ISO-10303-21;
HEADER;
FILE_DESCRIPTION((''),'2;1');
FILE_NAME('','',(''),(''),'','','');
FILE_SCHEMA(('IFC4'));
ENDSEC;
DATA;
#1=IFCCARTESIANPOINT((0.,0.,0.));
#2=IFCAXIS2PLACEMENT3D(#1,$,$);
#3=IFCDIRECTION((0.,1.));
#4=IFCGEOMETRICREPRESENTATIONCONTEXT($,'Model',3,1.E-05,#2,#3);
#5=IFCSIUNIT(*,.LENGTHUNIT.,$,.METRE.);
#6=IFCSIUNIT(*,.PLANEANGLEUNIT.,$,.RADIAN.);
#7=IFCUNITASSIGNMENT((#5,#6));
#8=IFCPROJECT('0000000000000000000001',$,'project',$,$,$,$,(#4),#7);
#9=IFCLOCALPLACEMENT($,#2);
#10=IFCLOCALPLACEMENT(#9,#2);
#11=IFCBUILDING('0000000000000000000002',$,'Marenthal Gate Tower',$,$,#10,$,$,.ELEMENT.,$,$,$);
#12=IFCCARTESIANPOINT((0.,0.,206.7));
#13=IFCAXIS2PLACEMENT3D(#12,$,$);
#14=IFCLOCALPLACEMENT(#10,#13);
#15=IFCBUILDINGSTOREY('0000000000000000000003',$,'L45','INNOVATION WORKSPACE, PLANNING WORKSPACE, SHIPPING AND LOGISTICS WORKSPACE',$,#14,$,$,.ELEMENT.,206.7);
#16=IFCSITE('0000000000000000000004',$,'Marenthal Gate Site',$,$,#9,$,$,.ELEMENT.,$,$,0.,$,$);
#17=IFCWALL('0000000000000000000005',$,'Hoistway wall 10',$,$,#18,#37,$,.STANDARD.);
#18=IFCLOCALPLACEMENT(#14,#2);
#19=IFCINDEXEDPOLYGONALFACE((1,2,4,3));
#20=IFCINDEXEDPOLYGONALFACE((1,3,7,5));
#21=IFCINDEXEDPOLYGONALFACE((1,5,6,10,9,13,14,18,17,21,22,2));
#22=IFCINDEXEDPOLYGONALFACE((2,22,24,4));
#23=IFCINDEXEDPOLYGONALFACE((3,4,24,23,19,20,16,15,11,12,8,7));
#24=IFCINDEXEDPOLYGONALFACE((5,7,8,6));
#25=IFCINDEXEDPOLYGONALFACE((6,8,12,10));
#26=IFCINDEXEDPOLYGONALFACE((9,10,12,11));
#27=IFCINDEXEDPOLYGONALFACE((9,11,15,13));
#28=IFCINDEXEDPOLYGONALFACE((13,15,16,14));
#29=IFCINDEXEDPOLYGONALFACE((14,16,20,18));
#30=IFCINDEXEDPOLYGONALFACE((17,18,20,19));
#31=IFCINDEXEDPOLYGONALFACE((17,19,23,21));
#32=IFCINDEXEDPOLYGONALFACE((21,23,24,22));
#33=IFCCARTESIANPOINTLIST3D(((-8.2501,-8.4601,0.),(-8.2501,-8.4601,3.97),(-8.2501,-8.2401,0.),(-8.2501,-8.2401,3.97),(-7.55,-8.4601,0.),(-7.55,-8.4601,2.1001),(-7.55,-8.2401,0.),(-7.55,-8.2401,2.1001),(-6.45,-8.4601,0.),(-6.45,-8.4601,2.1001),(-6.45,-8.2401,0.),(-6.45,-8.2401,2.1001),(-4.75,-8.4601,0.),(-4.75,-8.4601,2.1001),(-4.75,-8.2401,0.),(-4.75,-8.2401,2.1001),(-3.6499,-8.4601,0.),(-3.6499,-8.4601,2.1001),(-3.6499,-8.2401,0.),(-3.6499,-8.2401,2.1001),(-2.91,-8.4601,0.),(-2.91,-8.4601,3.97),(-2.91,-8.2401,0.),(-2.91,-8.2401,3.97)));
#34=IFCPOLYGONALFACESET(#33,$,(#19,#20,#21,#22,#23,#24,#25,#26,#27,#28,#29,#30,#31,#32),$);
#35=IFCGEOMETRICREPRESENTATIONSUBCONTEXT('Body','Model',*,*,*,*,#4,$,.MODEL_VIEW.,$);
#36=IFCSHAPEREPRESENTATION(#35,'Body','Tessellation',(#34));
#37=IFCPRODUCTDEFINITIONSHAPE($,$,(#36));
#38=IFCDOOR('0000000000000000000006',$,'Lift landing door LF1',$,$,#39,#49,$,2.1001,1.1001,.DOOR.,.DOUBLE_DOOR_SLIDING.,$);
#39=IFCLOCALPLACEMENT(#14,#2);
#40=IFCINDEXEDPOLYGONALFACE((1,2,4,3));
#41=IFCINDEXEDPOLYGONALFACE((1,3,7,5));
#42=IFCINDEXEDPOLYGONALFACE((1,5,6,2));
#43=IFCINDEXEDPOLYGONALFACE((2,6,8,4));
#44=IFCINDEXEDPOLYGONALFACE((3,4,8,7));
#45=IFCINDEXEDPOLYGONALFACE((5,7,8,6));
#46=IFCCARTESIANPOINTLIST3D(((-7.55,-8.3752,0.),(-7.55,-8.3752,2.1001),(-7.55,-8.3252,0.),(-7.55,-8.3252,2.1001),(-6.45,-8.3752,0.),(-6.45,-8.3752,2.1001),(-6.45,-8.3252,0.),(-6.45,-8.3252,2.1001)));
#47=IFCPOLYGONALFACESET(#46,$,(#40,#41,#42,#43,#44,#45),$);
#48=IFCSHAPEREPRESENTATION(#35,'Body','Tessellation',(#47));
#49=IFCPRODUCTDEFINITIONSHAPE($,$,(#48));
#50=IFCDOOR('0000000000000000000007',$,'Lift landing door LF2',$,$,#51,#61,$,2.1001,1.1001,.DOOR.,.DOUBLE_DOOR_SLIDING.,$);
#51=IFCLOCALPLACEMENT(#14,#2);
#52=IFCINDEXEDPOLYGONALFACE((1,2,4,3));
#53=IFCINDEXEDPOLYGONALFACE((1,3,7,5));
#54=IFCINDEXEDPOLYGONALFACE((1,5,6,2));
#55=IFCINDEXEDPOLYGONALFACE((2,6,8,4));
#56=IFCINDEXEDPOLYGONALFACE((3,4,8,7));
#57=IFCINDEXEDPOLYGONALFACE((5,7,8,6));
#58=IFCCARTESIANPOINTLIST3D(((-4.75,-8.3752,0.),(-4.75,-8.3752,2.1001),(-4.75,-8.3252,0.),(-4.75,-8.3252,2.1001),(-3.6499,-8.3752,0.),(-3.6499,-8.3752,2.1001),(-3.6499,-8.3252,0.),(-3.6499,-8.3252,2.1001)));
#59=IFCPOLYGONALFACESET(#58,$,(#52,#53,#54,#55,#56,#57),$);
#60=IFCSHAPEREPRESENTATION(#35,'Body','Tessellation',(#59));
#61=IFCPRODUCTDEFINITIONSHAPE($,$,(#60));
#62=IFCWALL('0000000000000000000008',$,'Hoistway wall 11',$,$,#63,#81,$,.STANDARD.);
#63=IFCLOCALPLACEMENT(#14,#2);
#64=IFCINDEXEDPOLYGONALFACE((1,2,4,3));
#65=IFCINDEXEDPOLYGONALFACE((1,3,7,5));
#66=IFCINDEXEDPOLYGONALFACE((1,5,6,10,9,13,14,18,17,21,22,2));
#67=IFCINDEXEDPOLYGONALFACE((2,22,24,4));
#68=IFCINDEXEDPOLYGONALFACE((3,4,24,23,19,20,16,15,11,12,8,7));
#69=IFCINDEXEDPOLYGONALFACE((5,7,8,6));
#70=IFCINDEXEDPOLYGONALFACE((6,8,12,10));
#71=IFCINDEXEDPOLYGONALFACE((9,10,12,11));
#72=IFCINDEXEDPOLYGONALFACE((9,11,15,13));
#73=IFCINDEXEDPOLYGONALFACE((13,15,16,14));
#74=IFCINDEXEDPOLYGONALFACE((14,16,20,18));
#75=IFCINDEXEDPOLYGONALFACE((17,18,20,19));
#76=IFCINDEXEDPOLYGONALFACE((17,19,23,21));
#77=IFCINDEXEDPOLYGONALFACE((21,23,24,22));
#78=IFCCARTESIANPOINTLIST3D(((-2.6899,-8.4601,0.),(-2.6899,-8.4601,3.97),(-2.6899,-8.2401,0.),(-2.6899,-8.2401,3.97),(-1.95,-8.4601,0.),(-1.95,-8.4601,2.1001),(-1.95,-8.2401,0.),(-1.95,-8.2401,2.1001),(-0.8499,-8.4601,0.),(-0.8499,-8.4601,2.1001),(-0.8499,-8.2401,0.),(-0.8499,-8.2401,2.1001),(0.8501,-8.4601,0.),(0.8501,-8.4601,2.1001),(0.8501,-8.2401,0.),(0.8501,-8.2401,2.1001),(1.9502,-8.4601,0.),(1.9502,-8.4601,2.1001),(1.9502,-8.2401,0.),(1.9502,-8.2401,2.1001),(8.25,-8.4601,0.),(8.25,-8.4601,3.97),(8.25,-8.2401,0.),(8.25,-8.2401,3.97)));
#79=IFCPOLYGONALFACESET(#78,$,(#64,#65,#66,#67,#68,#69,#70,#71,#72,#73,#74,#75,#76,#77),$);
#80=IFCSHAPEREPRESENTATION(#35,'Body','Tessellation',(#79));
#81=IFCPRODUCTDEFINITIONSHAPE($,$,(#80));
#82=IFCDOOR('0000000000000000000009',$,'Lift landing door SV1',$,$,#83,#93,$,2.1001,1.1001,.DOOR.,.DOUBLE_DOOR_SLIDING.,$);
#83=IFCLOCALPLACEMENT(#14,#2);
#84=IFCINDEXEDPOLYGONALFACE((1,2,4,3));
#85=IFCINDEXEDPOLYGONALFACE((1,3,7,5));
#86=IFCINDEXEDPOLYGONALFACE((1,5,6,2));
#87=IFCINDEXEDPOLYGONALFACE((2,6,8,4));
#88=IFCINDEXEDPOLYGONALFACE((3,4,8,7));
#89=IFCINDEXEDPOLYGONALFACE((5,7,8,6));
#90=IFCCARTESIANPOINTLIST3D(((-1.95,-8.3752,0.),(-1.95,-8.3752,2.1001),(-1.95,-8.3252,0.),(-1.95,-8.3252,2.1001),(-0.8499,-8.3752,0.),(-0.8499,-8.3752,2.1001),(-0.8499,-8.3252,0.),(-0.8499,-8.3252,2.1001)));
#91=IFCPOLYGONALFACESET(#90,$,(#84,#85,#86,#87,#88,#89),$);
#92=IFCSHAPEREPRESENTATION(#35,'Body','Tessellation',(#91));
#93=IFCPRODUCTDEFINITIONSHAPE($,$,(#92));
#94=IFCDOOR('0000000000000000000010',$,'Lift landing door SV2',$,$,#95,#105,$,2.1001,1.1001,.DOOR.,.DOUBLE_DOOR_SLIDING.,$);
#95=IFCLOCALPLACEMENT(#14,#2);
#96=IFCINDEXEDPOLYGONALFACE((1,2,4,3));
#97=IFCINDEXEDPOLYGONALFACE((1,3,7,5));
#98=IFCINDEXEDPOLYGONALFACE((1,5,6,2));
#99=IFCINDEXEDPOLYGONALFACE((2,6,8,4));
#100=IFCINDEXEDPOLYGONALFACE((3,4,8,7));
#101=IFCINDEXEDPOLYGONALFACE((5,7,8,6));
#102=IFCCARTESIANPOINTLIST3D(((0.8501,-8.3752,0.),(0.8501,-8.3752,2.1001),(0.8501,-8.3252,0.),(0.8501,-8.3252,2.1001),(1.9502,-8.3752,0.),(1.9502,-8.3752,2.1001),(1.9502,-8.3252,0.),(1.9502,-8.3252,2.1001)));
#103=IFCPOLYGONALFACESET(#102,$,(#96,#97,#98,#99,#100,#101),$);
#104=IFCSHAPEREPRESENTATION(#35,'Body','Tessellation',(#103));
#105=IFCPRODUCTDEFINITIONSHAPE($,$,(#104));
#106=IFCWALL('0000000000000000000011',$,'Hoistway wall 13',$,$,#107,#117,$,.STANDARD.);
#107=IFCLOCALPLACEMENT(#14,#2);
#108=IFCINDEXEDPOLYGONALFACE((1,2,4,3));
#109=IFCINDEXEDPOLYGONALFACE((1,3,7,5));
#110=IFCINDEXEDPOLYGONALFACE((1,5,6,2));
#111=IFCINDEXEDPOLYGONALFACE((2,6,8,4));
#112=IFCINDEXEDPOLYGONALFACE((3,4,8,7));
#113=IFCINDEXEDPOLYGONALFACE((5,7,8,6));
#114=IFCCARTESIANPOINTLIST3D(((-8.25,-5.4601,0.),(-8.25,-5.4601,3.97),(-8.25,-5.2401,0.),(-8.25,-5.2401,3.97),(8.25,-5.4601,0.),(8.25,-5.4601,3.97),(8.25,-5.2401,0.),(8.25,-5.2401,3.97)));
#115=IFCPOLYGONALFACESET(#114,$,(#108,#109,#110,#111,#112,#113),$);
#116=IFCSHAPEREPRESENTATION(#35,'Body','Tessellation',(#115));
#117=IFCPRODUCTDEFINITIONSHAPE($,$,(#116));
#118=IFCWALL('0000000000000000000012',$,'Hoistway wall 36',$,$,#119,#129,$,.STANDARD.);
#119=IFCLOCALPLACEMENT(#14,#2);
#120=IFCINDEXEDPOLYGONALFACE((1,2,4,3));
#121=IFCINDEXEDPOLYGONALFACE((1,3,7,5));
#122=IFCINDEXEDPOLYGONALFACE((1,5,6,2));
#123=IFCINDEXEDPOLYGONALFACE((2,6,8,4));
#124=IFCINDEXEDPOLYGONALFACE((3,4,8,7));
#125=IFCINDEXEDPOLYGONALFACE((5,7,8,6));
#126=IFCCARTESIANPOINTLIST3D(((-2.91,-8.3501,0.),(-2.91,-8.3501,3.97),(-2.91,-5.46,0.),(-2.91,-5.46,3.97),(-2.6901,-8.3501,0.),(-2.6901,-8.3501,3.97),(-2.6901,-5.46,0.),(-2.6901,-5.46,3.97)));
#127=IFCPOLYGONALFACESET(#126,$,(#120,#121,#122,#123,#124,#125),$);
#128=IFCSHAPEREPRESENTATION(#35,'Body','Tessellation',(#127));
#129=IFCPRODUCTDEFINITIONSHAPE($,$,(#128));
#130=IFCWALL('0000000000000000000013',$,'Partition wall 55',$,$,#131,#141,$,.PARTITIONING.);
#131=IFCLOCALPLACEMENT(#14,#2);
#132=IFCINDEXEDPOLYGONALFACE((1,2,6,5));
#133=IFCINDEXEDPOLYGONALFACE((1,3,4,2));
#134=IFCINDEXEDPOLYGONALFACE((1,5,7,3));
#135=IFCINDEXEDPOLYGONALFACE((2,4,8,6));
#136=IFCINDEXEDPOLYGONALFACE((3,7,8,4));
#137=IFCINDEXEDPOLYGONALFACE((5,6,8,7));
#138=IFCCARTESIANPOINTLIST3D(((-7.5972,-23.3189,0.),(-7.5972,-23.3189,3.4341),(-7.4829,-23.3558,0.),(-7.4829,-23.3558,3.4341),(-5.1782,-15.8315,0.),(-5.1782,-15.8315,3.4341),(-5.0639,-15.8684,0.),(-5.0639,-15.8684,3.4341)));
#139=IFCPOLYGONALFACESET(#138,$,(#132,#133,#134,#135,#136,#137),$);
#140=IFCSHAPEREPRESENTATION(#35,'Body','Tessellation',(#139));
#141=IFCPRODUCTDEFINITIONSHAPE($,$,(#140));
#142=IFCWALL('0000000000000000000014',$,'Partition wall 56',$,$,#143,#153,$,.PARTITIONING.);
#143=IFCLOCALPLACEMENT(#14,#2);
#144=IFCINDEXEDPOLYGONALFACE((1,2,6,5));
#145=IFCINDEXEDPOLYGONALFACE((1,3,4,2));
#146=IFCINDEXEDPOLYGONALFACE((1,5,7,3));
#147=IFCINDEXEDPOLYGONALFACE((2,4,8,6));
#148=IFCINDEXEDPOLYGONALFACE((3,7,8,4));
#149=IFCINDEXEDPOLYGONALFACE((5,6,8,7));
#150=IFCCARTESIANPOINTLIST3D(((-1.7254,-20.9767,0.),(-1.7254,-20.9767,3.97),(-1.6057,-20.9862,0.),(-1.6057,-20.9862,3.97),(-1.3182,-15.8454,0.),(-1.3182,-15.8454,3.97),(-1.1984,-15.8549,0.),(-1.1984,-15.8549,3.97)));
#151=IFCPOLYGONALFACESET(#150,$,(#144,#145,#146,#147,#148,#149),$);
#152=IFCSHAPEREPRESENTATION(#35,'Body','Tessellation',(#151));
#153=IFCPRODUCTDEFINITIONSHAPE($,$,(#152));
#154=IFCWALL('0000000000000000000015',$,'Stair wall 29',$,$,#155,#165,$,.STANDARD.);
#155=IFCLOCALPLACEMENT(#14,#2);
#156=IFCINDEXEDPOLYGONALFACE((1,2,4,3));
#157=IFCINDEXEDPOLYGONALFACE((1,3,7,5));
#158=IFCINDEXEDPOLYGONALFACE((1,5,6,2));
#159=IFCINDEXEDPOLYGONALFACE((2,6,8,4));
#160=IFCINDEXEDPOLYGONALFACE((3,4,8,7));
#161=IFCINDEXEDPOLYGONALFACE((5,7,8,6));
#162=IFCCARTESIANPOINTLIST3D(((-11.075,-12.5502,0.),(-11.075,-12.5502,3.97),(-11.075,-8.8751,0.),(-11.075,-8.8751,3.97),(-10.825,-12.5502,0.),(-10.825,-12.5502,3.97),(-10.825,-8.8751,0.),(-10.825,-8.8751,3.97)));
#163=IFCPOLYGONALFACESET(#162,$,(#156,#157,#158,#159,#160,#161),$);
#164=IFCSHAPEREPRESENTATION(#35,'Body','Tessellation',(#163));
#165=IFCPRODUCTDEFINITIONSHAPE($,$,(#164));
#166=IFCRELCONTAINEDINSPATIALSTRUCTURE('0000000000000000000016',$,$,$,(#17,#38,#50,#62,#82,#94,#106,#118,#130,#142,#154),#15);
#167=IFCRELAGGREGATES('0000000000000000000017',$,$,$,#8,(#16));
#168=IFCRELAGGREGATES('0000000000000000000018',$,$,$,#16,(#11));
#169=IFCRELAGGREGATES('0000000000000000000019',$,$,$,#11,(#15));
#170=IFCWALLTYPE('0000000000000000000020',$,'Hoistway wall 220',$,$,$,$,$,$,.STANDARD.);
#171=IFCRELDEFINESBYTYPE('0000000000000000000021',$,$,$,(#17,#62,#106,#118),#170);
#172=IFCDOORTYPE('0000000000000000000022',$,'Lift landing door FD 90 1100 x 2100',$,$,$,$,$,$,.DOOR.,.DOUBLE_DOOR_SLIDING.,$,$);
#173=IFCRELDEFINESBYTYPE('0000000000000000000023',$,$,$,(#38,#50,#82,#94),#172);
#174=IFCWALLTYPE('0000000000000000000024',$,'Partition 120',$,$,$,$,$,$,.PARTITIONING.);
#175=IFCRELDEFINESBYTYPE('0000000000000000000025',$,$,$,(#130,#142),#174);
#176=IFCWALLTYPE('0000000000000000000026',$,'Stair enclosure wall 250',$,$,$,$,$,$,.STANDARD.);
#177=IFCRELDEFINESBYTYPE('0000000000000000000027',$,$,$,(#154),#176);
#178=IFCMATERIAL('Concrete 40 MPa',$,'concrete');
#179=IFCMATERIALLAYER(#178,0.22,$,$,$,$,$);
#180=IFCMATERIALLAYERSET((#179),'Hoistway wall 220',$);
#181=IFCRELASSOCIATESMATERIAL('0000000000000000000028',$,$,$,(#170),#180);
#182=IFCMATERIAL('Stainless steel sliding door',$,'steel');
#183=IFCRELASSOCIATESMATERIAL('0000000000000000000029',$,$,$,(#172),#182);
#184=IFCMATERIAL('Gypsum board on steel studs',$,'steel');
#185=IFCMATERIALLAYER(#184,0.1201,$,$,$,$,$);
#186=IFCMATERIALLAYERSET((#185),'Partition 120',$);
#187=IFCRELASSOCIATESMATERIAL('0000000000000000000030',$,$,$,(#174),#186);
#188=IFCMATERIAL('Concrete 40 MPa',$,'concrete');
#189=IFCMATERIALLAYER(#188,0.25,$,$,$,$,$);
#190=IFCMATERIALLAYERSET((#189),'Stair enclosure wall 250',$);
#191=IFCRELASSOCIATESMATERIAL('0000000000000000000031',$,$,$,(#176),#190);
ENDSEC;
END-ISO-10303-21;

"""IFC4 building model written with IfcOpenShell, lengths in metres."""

from ifc_helpers import new_model, si_unit, direction, frame, frame_2d, origin, place, context, subcontext, project, spatial, rectangle, extrude, material, layer, layer_set, type_object, element, fill, save


model = new_model("IFC4")

# Units and contexts
model_context = context("Model", 3, precision=1e-05, world=origin(), true_north=direction((0.0, 1.0)))
body_context = subcontext(model_context, "Body", "Model", "MODEL_VIEW")
ifc_project = project(units=[si_unit("LENGTHUNIT", "METRE"), si_unit("PLANEANGLEUNIT", "RADIAN")], contexts=[model_context])

# Site, building, storey
site_placement = place(None, origin())
site = spatial("IfcSite", under=ifc_project, at=site_placement, Name="Marenthal Gate Site", CompositionType="ELEMENT", RefElevation=0.0)
building_placement = place(site_placement, origin())
building = spatial("IfcBuilding", under=site, at=building_placement, Name="Marenthal Gate Tower", CompositionType="ELEMENT")
storey_placement = place(building_placement, frame((0.0, 0.0, 206.7)))
storey = spatial("IfcBuildingStorey", under=building, at=storey_placement, Name="L45", Description="INNOVATION WORKSPACE, PLANNING WORKSPACE, SHIPPING AND LOGISTICS WORKSPACE", CompositionType="ELEMENT", Elevation=206.7)

# Walls, openings, doors
ifc_material_1 = material(Name="Concrete 40 MPa", Category="concrete")
ifc_layer_1 = layer(ifc_material_1, 0.22)
ifc_layer_set_1 = layer_set([ifc_layer_1], Name="Hoistway wall 220")
wall_type_1 = type_object("IfcWallType", Name="Hoistway wall 220", PredefinedType="STANDARD", material=ifc_layer_set_1)
wall_1_placement = place(storey_placement, frame((-8.25, -8.3501, 0.0), z_axis=(0.0, 0.0, 1.0), x_axis=(1.0, 0.0, 0.0)))
wall_1 = element("IfcWall", 1, at=wall_1_placement, inside=storey, type_object=wall_type_1, Name="Hoistway wall 10", PredefinedType="STANDARD", context=body_context, shape_type="SweptSolid", body=[
    extrude(rectangle(XDim=5.3401, YDim=0.22, at=frame_2d((2.6699, 0.0))), origin(), (0.0, 0.0, 1.0), 3.97),
])
opening_1_placement = place(wall_1_placement, frame((0.7, 0.0, 0.0)))
opening_1 = element("IfcOpeningElement", 2, at=opening_1_placement, cuts=wall_1, PredefinedType="OPENING", context=body_context, shape_type="SweptSolid", body=[
    extrude(rectangle(XDim=1.1001, YDim=2.1001, at=frame_2d((0.55, 1.05))), frame((0.0, 0.1201, 0.0), z_axis=(0.0, -1.0, 0.0), x_axis=(1.0, 0.0, 0.0)), (0.0, 0.0, 1.0), 0.24),
])
opening_2_placement = place(wall_1_placement, frame((3.5, 0.0, 0.0)))
opening_2 = element("IfcOpeningElement", 3, at=opening_2_placement, cuts=wall_1, PredefinedType="OPENING", context=body_context, shape_type="SweptSolid", body=[
    extrude(rectangle(XDim=1.1001, YDim=2.1001, at=frame_2d((0.55, 1.05))), frame((0.0, 0.1201, 0.0), z_axis=(0.0, -1.0, 0.0), x_axis=(1.0, 0.0, 0.0)), (0.0, 0.0, 1.0), 0.24),
])
ifc_material_2 = material(Name="Stainless steel sliding door", Category="steel")
door_type_1 = type_object("IfcDoorType", Name="Lift landing door FD 90 1100 x 2100", OperationType="DOUBLE_DOOR_SLIDING", PredefinedType="DOOR", material=ifc_material_2)
door_1_placement = place(opening_1_placement, origin())
door_1 = element("IfcDoor", 4, at=door_1_placement, inside=storey, type_object=door_type_1, Name="Lift landing door LF1", OperationType="DOUBLE_DOOR_SLIDING", OverallHeight=2.1001, OverallWidth=1.1001, PredefinedType="DOOR", context=body_context, shape_type="SweptSolid", body=[
    extrude(rectangle(XDim=1.1001, YDim=2.1001, at=frame_2d((0.55, 1.05))), frame((0.0, 0.0249, 0.0), z_axis=(0.0, -1.0, 0.0), x_axis=(1.0, 0.0, 0.0)), (0.0, 0.0, 1.0), 0.05),
])
fill(opening_1, door_1)
door_2_placement = place(opening_2_placement, origin())
door_2 = element("IfcDoor", 5, at=door_2_placement, inside=storey, type_object=door_type_1, Name="Lift landing door LF2", OperationType="DOUBLE_DOOR_SLIDING", OverallHeight=2.1001, OverallWidth=1.1001, PredefinedType="DOOR", context=body_context, shape_type="SweptSolid", body=[
    extrude(rectangle(XDim=1.1001, YDim=2.1001, at=frame_2d((0.55, 1.05))), frame((0.0, 0.0249, 0.0), z_axis=(0.0, -1.0, 0.0), x_axis=(1.0, 0.0, 0.0)), (0.0, 0.0, 1.0), 0.05),
])
fill(opening_2, door_2)
wall_2_placement = place(storey_placement, frame((-2.6899, -8.3501, 0.0), z_axis=(0.0, 0.0, 1.0), x_axis=(1.0, 0.0, 0.0)))
wall_2 = element("IfcWall", 6, at=wall_2_placement, inside=storey, type_object=wall_type_1, Name="Hoistway wall 11", PredefinedType="STANDARD", context=body_context, shape_type="SweptSolid", body=[
    extrude(rectangle(XDim=10.9399, YDim=0.22, at=frame_2d((5.47, 0.0))), origin(), (0.0, 0.0, 1.0), 3.97),
])
opening_3_placement = place(wall_2_placement, frame((0.74, 0.0, 0.0)))
opening_3 = element("IfcOpeningElement", 7, at=opening_3_placement, cuts=wall_2, PredefinedType="OPENING", context=body_context, shape_type="SweptSolid", body=[
    extrude(rectangle(XDim=1.1001, YDim=2.1001, at=frame_2d((0.55, 1.05))), frame((0.0, 0.1201, 0.0), z_axis=(0.0, -1.0, 0.0), x_axis=(1.0, 0.0, 0.0)), (0.0, 0.0, 1.0), 0.24),
])
opening_4_placement = place(wall_2_placement, frame((3.54, 0.0, 0.0)))
opening_4 = element("IfcOpeningElement", 8, at=opening_4_placement, cuts=wall_2, PredefinedType="OPENING", context=body_context, shape_type="SweptSolid", body=[
    extrude(rectangle(XDim=1.1001, YDim=2.1001, at=frame_2d((0.55, 1.05))), frame((0.0, 0.1201, 0.0), z_axis=(0.0, -1.0, 0.0), x_axis=(1.0, 0.0, 0.0)), (0.0, 0.0, 1.0), 0.24),
])
door_3_placement = place(opening_3_placement, origin())
door_3 = element("IfcDoor", 9, at=door_3_placement, inside=storey, type_object=door_type_1, Name="Lift landing door SV1", OperationType="DOUBLE_DOOR_SLIDING", OverallHeight=2.1001, OverallWidth=1.1001, PredefinedType="DOOR", context=body_context, shape_type="SweptSolid", body=[
    extrude(rectangle(XDim=1.1001, YDim=2.1001, at=frame_2d((0.55, 1.05))), frame((0.0, 0.0249, 0.0), z_axis=(0.0, -1.0, 0.0), x_axis=(1.0, 0.0, 0.0)), (0.0, 0.0, 1.0), 0.05),
])
fill(opening_3, door_3)
door_4_placement = place(opening_4_placement, origin())
door_4 = element("IfcDoor", 10, at=door_4_placement, inside=storey, type_object=door_type_1, Name="Lift landing door SV2", OperationType="DOUBLE_DOOR_SLIDING", OverallHeight=2.1001, OverallWidth=1.1001, PredefinedType="DOOR", context=body_context, shape_type="SweptSolid", body=[
    extrude(rectangle(XDim=1.1001, YDim=2.1001, at=frame_2d((0.55, 1.05))), frame((0.0, 0.0249, 0.0), z_axis=(0.0, -1.0, 0.0), x_axis=(1.0, 0.0, 0.0)), (0.0, 0.0, 1.0), 0.05),
])
fill(opening_4, door_4)

# Walls
wall_3_placement = place(storey_placement, frame((-8.25, -5.3501, 0.0), z_axis=(0.0, 0.0, 1.0), x_axis=(1.0, 0.0, 0.0)))
element("IfcWall", 11, at=wall_3_placement, inside=storey, type_object=wall_type_1, Name="Hoistway wall 13", PredefinedType="STANDARD", context=body_context, shape_type="SweptSolid", body=[
    extrude(rectangle(XDim=16.5, YDim=0.22, at=frame_2d((8.25, 0.0))), origin(), (0.0, 0.0, 1.0), 3.97),
])
wall_4_placement = place(storey_placement, frame((-2.8, -8.3501, 0.0), z_axis=(0.0, 0.0, 1.0), x_axis=(0.0, 1.0, 0.0)))
element("IfcWall", 12, at=wall_4_placement, inside=storey, type_object=wall_type_1, Name="Hoistway wall 36", PredefinedType="STANDARD", context=body_context, shape_type="SweptSolid", body=[
    extrude(rectangle(XDim=2.8901, YDim=0.22, at=frame_2d((1.4451, 0.0))), origin(), (0.0, 0.0, 1.0), 3.97),
])
ifc_material_3 = material(Name="Gypsum board on steel studs", Category="steel")
ifc_layer_2 = layer(ifc_material_3, 0.1201)
ifc_layer_set_2 = layer_set([ifc_layer_2], Name="Partition 120")
wall_type_2 = type_object("IfcWallType", Name="Partition 120", PredefinedType="PARTITIONING", material=ifc_layer_set_2)
wall_5_placement = place(storey_placement, frame((-5.1211, -15.8501, 0.0), z_axis=(0.0, 0.0, 1.0), x_axis=(-0.307427, -0.951572, 0.0)))
element("IfcWall", 13, at=wall_5_placement, inside=storey, type_object=wall_type_2, Name="Partition wall 55", PredefinedType="PARTITIONING", context=body_context, shape_type="SweptSolid", body=[
    extrude(rectangle(XDim=7.8684, YDim=0.1201, at=frame_2d((3.9341, 0.0))), origin(), (0.0, 0.0, 1.0), 3.4341),
])
wall_6_placement = place(storey_placement, frame((-1.6655, -20.9814, 0.0), z_axis=(0.0, 0.0, 1.0), x_axis=(0.079112, 0.996866, 0.0)))
element("IfcWall", 14, at=wall_6_placement, inside=storey, type_object=wall_type_2, Name="Partition wall 56", PredefinedType="PARTITIONING", context=body_context, shape_type="SweptSolid", body=[
    extrude(rectangle(XDim=5.1475, YDim=0.1201, at=frame_2d((2.5737, 0.0))), origin(), (0.0, 0.0, 1.0), 3.97),
])
ifc_material_4 = material(Name="Concrete 40 MPa", Category="concrete")
ifc_layer_3 = layer(ifc_material_4, 0.25)
ifc_layer_set_3 = layer_set([ifc_layer_3], Name="Stair enclosure wall 250")
wall_type_3 = type_object("IfcWallType", Name="Stair enclosure wall 250", PredefinedType="STANDARD", material=ifc_layer_set_3)
wall_7_placement = place(storey_placement, frame((-10.95, -12.55, 0.0), z_axis=(0.0, 0.0, 1.0), x_axis=(0.0, 1.0, 0.0)))
element("IfcWall", 15, at=wall_7_placement, inside=storey, type_object=wall_type_3, Name="Stair wall 29", PredefinedType="STANDARD", context=body_context, shape_type="SweptSolid", body=[
    extrude(rectangle(XDim=3.675, YDim=0.25, at=frame_2d((1.8374, 0.0))), origin(), (0.0, 0.0, 1.0), 3.97),
])

save(model, "model.ifc")
